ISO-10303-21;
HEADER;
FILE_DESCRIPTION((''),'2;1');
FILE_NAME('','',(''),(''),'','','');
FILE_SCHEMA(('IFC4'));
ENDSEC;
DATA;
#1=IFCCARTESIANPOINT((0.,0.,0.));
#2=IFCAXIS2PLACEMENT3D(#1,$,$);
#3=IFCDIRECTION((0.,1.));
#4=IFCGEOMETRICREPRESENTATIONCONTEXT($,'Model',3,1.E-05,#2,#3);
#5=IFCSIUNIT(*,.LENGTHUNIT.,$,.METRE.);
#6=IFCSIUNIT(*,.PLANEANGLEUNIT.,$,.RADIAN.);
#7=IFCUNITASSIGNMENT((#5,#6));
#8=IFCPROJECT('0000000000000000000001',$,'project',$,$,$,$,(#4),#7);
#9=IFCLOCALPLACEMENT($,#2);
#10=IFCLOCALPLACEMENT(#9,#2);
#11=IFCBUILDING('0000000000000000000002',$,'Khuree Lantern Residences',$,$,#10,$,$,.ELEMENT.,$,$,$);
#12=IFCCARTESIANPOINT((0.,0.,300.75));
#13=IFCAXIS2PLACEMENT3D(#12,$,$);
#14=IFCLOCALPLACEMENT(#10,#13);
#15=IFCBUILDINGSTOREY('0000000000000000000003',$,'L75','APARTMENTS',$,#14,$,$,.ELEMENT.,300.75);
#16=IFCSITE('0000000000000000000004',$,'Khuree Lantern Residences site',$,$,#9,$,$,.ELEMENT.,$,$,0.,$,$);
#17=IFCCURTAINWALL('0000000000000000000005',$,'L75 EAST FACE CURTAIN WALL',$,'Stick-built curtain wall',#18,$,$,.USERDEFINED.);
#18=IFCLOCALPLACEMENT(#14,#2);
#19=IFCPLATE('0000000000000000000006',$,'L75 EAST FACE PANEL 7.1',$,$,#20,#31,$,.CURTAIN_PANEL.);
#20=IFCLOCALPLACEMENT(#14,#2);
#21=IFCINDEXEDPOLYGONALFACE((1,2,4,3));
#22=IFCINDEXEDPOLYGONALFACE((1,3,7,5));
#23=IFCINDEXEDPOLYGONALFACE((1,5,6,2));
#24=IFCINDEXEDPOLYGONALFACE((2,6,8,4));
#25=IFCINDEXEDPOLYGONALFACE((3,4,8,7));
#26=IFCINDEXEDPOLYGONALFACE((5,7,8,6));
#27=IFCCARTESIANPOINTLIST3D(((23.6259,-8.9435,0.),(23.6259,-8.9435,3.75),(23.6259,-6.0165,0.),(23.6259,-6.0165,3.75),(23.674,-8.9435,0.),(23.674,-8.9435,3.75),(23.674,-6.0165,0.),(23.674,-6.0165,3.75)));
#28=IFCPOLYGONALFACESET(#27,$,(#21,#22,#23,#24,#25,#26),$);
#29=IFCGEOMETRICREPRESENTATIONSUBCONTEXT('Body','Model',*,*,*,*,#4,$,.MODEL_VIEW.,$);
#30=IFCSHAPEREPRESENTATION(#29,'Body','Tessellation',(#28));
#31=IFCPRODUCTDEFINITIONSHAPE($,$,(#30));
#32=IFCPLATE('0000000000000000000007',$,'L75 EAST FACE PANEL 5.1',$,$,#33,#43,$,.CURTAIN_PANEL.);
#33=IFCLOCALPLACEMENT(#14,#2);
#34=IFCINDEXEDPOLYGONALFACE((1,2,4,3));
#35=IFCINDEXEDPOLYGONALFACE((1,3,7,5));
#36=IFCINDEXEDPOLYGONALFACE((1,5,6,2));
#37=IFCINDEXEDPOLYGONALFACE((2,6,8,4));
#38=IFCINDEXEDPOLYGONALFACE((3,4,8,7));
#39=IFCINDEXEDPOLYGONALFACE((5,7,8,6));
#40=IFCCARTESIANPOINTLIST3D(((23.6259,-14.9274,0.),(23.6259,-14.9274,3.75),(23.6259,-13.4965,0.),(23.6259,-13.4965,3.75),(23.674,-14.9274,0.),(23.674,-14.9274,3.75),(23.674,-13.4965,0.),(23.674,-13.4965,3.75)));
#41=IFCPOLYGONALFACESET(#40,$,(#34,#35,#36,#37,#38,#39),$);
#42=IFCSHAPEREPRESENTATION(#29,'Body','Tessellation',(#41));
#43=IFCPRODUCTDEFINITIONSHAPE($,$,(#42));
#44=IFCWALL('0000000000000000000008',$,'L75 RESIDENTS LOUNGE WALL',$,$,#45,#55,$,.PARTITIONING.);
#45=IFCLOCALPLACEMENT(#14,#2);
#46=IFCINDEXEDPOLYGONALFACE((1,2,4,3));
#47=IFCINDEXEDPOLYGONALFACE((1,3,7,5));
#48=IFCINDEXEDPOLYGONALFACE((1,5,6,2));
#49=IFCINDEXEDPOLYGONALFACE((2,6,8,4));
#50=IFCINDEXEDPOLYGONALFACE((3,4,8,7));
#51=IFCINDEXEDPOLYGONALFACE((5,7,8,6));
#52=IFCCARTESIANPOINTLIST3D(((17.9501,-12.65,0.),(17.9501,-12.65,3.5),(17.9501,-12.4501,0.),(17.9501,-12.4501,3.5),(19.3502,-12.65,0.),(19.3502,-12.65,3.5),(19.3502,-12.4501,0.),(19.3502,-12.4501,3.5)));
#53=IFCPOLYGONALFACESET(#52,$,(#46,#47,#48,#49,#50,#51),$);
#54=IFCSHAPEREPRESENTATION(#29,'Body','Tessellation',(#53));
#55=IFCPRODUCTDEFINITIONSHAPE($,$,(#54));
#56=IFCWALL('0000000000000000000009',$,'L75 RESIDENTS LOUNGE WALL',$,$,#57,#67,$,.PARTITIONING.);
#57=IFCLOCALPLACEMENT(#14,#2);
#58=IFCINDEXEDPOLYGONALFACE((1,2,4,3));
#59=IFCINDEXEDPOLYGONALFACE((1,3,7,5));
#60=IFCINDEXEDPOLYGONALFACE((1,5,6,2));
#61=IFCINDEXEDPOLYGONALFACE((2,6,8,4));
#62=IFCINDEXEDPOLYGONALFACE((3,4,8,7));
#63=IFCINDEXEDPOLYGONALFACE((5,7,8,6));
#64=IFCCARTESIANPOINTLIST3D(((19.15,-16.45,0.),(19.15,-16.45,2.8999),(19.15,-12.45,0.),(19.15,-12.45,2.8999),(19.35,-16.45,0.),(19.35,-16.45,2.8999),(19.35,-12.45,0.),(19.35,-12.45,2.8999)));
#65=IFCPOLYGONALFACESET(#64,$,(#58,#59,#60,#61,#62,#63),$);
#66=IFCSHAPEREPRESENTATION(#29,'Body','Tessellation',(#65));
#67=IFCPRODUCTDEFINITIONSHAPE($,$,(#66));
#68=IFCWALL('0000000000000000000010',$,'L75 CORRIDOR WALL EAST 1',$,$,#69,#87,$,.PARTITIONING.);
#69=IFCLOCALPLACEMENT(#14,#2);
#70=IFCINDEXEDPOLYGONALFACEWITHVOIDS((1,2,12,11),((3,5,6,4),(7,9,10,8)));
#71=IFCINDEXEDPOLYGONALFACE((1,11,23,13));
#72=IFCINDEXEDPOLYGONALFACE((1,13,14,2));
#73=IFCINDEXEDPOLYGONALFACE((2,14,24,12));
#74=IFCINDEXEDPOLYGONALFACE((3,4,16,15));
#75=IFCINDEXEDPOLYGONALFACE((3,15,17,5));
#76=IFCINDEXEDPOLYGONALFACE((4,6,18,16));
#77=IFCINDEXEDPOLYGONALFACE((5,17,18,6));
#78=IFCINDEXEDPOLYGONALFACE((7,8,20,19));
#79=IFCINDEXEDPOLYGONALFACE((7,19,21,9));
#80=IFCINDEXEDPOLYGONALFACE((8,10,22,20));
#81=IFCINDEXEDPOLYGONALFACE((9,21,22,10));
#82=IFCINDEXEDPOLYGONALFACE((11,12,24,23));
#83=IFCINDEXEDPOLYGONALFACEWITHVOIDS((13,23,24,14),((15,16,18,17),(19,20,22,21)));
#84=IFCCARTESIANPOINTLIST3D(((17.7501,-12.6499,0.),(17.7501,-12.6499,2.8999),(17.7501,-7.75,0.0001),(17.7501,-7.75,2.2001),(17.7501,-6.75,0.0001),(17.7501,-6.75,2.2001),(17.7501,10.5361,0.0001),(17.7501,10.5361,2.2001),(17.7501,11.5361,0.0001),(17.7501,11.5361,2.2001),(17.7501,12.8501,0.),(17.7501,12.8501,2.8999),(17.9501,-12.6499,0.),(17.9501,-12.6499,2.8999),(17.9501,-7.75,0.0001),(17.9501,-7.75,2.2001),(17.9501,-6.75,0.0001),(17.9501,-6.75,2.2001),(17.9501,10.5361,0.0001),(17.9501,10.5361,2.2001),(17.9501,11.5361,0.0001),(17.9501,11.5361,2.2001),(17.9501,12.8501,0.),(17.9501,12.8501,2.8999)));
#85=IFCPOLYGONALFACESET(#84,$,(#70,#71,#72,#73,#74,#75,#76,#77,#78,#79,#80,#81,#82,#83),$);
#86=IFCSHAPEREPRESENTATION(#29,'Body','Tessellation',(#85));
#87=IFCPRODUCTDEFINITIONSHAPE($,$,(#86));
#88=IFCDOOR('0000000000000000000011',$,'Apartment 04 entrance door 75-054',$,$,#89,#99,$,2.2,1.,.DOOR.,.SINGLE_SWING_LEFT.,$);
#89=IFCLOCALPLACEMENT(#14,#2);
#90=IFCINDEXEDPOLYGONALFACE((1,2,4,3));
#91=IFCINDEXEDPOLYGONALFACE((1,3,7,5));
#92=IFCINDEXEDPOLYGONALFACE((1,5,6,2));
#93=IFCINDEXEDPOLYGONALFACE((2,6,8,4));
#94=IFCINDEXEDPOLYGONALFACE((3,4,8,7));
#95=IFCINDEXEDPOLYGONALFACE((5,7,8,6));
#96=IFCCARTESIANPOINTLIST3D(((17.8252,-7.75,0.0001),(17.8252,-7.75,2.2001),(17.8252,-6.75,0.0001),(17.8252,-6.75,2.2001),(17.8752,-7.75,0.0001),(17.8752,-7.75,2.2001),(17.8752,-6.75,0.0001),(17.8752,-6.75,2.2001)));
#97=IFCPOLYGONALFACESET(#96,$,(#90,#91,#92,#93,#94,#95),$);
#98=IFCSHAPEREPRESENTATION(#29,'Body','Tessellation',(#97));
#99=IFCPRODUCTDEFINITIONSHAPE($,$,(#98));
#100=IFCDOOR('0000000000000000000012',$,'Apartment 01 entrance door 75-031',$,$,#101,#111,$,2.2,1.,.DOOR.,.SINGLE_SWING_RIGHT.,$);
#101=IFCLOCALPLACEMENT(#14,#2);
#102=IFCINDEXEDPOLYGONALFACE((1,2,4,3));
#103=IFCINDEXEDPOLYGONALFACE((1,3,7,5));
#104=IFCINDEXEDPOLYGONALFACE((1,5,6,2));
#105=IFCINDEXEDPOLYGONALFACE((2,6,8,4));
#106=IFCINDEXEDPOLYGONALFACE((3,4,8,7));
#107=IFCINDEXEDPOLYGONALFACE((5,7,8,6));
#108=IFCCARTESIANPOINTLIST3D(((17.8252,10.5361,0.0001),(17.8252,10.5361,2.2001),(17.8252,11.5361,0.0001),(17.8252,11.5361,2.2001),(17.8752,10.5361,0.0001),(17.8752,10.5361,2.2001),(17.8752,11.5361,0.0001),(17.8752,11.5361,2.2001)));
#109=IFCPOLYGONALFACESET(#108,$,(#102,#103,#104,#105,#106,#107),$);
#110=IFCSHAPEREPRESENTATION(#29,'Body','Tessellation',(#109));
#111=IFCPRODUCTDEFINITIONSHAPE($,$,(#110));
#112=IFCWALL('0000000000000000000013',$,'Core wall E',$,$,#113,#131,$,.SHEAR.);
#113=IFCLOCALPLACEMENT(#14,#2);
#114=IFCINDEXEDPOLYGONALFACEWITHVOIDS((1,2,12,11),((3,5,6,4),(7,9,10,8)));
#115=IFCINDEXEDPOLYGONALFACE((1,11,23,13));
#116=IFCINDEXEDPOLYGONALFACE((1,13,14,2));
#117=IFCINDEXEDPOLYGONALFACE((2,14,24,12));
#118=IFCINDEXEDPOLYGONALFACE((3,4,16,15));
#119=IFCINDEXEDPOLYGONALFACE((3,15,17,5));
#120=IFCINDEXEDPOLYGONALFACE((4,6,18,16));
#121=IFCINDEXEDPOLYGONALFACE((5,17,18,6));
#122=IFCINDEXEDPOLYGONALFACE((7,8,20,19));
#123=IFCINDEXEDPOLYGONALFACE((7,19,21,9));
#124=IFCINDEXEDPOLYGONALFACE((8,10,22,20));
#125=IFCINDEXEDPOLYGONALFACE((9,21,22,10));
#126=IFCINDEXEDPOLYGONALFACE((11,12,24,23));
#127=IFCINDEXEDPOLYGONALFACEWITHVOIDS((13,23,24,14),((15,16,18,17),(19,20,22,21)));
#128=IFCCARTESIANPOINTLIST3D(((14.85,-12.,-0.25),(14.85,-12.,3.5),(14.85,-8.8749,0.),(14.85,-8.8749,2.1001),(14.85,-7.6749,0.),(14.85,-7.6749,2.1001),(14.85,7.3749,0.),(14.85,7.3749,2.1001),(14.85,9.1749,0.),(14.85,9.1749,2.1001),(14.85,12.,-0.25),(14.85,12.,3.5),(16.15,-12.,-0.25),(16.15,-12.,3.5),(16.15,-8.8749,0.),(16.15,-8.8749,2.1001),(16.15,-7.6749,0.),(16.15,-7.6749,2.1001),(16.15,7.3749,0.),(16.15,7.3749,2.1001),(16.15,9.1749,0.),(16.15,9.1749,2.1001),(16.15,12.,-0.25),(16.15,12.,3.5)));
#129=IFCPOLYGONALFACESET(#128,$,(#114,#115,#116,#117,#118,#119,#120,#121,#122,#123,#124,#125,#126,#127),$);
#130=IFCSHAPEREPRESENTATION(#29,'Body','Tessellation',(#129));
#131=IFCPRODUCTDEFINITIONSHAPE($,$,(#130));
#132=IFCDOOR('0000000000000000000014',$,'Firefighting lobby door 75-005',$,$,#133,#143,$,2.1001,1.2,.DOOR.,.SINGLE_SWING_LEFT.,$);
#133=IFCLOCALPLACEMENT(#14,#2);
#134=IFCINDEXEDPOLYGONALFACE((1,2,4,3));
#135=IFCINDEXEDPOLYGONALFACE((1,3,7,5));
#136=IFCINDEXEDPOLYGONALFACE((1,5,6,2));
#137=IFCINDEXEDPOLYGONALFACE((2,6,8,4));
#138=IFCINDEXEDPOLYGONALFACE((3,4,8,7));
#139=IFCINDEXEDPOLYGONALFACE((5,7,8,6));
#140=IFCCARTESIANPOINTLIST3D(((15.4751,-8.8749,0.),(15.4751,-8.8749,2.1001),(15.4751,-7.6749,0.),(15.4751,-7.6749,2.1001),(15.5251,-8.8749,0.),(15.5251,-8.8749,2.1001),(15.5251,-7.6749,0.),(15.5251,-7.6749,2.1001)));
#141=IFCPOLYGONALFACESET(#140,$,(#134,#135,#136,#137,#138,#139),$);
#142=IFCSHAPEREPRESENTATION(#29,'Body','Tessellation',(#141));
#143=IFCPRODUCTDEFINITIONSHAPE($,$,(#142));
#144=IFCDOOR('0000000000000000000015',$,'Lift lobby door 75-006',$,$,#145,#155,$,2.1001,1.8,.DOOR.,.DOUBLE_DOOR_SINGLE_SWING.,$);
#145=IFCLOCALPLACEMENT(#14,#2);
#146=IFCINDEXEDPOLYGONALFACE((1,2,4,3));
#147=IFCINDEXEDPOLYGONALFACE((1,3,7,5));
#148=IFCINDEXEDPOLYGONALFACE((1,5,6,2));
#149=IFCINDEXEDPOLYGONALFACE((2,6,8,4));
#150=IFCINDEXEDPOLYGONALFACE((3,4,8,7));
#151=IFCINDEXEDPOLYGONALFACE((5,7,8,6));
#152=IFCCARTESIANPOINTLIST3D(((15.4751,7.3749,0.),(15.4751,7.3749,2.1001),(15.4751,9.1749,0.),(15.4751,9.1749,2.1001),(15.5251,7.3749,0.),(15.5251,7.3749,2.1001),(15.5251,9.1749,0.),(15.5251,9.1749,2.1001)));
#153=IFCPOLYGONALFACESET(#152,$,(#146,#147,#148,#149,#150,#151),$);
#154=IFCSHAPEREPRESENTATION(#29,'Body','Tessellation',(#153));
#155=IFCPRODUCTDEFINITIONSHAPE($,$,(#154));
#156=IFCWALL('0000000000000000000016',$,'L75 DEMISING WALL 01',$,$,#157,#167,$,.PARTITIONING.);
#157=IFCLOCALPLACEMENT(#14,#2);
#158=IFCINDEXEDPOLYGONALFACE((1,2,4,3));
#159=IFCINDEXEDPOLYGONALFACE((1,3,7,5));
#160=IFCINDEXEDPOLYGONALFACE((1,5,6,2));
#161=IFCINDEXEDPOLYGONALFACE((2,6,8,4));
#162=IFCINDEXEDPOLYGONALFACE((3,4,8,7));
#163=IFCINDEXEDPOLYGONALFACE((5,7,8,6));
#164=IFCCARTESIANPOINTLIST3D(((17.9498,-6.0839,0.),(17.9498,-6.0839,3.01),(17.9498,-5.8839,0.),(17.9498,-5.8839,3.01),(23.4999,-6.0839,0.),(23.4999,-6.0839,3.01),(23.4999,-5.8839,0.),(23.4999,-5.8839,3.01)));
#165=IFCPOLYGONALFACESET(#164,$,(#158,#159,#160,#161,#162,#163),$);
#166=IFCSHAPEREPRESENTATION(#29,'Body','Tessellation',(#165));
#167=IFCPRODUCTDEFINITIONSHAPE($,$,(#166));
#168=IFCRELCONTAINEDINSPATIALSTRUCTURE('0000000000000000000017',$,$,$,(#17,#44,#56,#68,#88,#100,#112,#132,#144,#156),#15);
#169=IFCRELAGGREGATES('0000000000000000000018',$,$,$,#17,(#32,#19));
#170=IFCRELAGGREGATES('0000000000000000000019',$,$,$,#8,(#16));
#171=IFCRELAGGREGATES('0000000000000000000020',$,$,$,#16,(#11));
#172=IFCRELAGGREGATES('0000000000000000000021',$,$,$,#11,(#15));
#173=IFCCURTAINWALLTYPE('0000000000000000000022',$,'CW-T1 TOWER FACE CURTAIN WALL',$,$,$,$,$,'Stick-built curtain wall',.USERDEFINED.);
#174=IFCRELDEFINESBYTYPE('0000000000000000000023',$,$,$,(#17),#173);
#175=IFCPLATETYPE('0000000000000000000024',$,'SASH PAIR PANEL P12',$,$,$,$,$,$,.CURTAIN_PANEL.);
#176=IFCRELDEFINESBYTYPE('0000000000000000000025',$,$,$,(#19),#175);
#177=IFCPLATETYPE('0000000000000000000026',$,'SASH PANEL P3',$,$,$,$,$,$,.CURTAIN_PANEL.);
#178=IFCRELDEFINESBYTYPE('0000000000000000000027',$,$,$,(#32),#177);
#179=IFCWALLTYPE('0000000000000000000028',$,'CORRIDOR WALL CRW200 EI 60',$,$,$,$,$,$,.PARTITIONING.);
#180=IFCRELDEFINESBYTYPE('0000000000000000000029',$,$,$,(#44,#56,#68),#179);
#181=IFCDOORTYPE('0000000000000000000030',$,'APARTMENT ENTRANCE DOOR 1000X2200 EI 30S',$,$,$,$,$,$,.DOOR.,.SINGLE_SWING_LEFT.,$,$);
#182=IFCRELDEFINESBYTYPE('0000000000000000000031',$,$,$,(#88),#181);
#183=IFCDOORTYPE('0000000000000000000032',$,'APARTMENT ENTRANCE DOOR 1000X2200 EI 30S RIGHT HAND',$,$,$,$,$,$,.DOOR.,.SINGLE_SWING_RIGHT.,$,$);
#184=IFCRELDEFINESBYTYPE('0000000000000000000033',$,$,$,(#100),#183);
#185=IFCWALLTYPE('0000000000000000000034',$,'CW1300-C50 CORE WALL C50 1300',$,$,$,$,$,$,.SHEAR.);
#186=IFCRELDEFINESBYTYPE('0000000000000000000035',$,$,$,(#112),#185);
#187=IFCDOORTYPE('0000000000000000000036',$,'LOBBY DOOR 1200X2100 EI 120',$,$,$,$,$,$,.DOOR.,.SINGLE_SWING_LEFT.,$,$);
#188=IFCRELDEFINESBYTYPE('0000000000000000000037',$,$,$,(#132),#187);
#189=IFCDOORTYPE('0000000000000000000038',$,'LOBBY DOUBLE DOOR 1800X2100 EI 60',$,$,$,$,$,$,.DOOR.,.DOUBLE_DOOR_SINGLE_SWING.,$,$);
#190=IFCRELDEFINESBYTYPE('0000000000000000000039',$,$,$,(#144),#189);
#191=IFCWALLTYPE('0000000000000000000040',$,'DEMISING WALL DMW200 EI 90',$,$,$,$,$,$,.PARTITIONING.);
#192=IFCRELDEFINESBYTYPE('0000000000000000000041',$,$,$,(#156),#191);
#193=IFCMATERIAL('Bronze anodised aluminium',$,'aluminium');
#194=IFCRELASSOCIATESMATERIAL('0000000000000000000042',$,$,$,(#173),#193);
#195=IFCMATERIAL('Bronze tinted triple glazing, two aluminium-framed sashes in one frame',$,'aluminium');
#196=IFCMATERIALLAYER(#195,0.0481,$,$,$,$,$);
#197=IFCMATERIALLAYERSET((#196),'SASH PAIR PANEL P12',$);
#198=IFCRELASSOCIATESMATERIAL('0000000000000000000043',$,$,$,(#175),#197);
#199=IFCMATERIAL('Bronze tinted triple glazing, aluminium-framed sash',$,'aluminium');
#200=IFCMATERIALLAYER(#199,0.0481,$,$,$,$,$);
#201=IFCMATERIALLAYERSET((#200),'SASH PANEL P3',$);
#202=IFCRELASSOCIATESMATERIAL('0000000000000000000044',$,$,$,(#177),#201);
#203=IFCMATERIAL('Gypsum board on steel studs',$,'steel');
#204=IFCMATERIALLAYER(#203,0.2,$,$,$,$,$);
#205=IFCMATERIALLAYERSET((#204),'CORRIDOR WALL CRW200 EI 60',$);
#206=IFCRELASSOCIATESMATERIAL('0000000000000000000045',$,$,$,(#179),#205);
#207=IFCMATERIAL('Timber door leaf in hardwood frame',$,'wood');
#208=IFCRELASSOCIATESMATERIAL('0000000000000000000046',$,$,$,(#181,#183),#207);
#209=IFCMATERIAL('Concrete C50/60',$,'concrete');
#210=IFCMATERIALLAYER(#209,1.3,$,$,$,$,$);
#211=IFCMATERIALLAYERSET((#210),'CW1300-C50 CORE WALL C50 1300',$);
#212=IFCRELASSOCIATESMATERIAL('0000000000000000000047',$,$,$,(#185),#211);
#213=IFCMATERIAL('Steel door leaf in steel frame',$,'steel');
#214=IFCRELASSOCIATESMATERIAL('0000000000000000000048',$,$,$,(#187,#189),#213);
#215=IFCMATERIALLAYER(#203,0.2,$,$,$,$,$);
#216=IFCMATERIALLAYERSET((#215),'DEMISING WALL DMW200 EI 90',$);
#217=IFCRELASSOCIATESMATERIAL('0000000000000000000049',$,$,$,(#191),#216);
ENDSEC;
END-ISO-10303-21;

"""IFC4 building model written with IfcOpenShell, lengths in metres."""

from ifc_helpers import new_model, si_unit, direction, frame, frame_2d, origin, origin_2d, place, context, subcontext, project, spatial, rectangle, extrude, material, layer, layer_set, type_object, element, fill, aggregate, save


model = new_model("IFC4")

# Units and contexts
model_context = context("Model", 3, precision=1e-05, world=origin(), true_north=direction((0.0, 1.0)))
body_context = subcontext(model_context, "Body", "Model", "MODEL_VIEW")
ifc_project = project(units=[si_unit("LENGTHUNIT", "METRE"), si_unit("PLANEANGLEUNIT", "RADIAN")], contexts=[model_context])

# Site, building, storey
site_placement = place(None, origin())
site = spatial("IfcSite", under=ifc_project, at=site_placement, Name="Khuree Lantern Residences site", CompositionType="ELEMENT", RefElevation=0.0)
building_placement = place(site_placement, origin())
building = spatial("IfcBuilding", under=site, at=building_placement, Name="Khuree Lantern Residences", CompositionType="ELEMENT")
storey_placement = place(building_placement, frame((0.0, 0.0, 300.75)))
storey = spatial("IfcBuildingStorey", under=building, at=storey_placement, Name="L75", Description="APARTMENTS", CompositionType="ELEMENT", Elevation=300.75)

# Shared definitions
ifc_material_1 = material(Name="Concrete C50/60", Category="concrete")

# Curtain wall
ifc_material_2 = material(Name="Bronze anodised aluminium", Category="aluminium")
curtain_wall_type = type_object("IfcCurtainWallType", Name="CW-T1 TOWER FACE CURTAIN WALL", ElementType="Stick-built curtain wall", PredefinedType="USERDEFINED", material=ifc_material_2)
curtain_wall_placement = place(storey_placement, origin())
curtain_wall = element("IfcCurtainWall", 1, at=curtain_wall_placement, inside=storey, type_object=curtain_wall_type, Name="L75 EAST FACE CURTAIN WALL", ObjectType="Stick-built curtain wall", PredefinedType="USERDEFINED")

# Plates
ifc_material_3 = material(Name="Bronze tinted triple glazing, two aluminium-framed sashes in one frame", Category="aluminium")
ifc_layer_1 = layer(ifc_material_3, 0.0481)
ifc_layer_set_1 = layer_set([ifc_layer_1], Name="SASH PAIR PANEL P12")
plate_type_1 = type_object("IfcPlateType", Name="SASH PAIR PANEL P12", PredefinedType="CURTAIN_PANEL", material=ifc_layer_set_1)
plate_1_placement = place(storey_placement, frame((23.6499, -7.48, 0.0), z_axis=(0.0, 0.0, 1.0), x_axis=(0.0, 1.0, 0.0)))
plate_1 = element("IfcPlate", 2, at=plate_1_placement, type_object=plate_type_1, Name="L75 EAST FACE PANEL 7.1", PredefinedType="CURTAIN_PANEL", context=body_context, shape_type="SweptSolid", body=[
    extrude(rectangle(XDim=2.927, YDim=0.0481, at=origin_2d()), origin(), (0.0, 0.0, 1.0), 3.75),
])
ifc_material_4 = material(Name="Bronze tinted triple glazing, aluminium-framed sash", Category="aluminium")
ifc_layer_2 = layer(ifc_material_4, 0.0481)
ifc_layer_set_2 = layer_set([ifc_layer_2], Name="SASH PANEL P3")
plate_type_2 = type_object("IfcPlateType", Name="SASH PANEL P3", PredefinedType="CURTAIN_PANEL", material=ifc_layer_set_2)
plate_2_placement = place(storey_placement, frame((23.6499, -14.2119, 0.0), z_axis=(0.0, 0.0, 1.0), x_axis=(0.0, 1.0, 0.0)))
plate_2 = element("IfcPlate", 3, at=plate_2_placement, type_object=plate_type_2, Name="L75 EAST FACE PANEL 5.1", PredefinedType="CURTAIN_PANEL", context=body_context, shape_type="SweptSolid", body=[
    extrude(rectangle(XDim=1.4309, YDim=0.0481, at=origin_2d()), origin(), (0.0, 0.0, 1.0), 3.75),
])
aggregate(curtain_wall, [plate_2, plate_1])

# Walls
ifc_material_5 = material(Name="Gypsum board on steel studs", Category="steel")
ifc_layer_3 = layer(ifc_material_5, 0.2)
ifc_layer_set_3 = layer_set([ifc_layer_3], Name="CORRIDOR WALL CRW200 EI 60")
wall_type_1 = type_object("IfcWallType", Name="CORRIDOR WALL CRW200 EI 60", PredefinedType="PARTITIONING", material=ifc_layer_set_3)
wall_1_placement = place(storey_placement, frame((17.95, -12.55, 0.0), z_axis=(0.0, 0.0, 1.0), x_axis=(1.0, 0.0, 0.0)))
element("IfcWall", 4, at=wall_1_placement, inside=storey, type_object=wall_type_1, Name="L75 RESIDENTS LOUNGE WALL", PredefinedType="PARTITIONING", context=body_context, shape_type="SweptSolid", body=[
    extrude(rectangle(XDim=1.4001, YDim=0.2, at=frame_2d((0.7002, 0.0))), origin(), (0.0, 0.0, 1.0), 3.5),
])
wall_2_placement = place(storey_placement, frame((19.25, -12.45, 0.0), z_axis=(0.0, 0.0, 1.0), x_axis=(0.0, -1.0, 0.0)))
element("IfcWall", 5, at=wall_2_placement, inside=storey, type_object=wall_type_1, Name="L75 RESIDENTS LOUNGE WALL", PredefinedType="PARTITIONING", context=body_context, shape_type="SweptSolid", body=[
    extrude(rectangle(XDim=4.0, YDim=0.2, at=frame_2d((2.0, 0.0))), origin(), (0.0, 0.0, 1.0), 2.8999),
])

# Walls, openings, doors
wall_3_placement = place(storey_placement, frame((17.8501, -12.6499, 0.0), z_axis=(0.0, 0.0, 1.0), x_axis=(0.0, 1.0, 0.0)))
wall_3 = element("IfcWall", 6, at=wall_3_placement, inside=storey, type_object=wall_type_1, Name="L75 CORRIDOR WALL EAST 1", PredefinedType="PARTITIONING", context=body_context, shape_type="SweptSolid", body=[
    extrude(rectangle(XDim=25.5, YDim=0.2, at=frame_2d((12.75, 0.0))), origin(), (0.0, 0.0, 1.0), 2.8999),
])
opening_1_placement = place(wall_3_placement, frame((23.186, 0.0, 0.0)))
opening_1 = element("IfcOpeningElement", 7, at=opening_1_placement, cuts=wall_3, PredefinedType="OPENING", context=body_context, shape_type="SweptSolid", body=[
    extrude(rectangle(XDim=1.0, YDim=2.2, at=frame_2d((0.5, 1.1001))), frame((0.0, 0.1099, 0.0), z_axis=(0.0, -1.0, 0.0), x_axis=(1.0, 0.0, 0.0)), (0.0, 0.0, 1.0), 0.22),
])
opening_2_placement = place(wall_3_placement, frame((4.8999, 0.0, 0.0)))
opening_2 = element("IfcOpeningElement", 8, at=opening_2_placement, cuts=wall_3, PredefinedType="OPENING", context=body_context, shape_type="SweptSolid", body=[
    extrude(rectangle(XDim=1.0, YDim=2.2, at=frame_2d((0.5, 1.1001))), frame((0.0, 0.1099, 0.0), z_axis=(0.0, -1.0, 0.0), x_axis=(1.0, 0.0, 0.0)), (0.0, 0.0, 1.0), 0.22),
])
ifc_material_6 = material(Name="Timber door leaf in hardwood frame", Category="wood")
door_type_1 = type_object("IfcDoorType", Name="APARTMENT ENTRANCE DOOR 1000X2200 EI 30S", OperationType="SINGLE_SWING_LEFT", PredefinedType="DOOR", material=ifc_material_6)
door_1_placement = place(opening_2_placement, origin())
door_1 = element("IfcDoor", 9, at=door_1_placement, inside=storey, type_object=door_type_1, Name="Apartment 04 entrance door 75-054", OperationType="SINGLE_SWING_LEFT", OverallHeight=2.2, OverallWidth=1.0, PredefinedType="DOOR", context=body_context, shape_type="SweptSolid", body=[
    extrude(rectangle(XDim=1.0, YDim=2.2, at=frame_2d((0.5, 1.1001))), frame((0.0, 0.0249, 0.0), z_axis=(0.0, -1.0, 0.0), x_axis=(1.0, 0.0, 0.0)), (0.0, 0.0, 1.0), 0.05),
])
fill(opening_2, door_1)
door_type_2 = type_object("IfcDoorType", Name="APARTMENT ENTRANCE DOOR 1000X2200 EI 30S RIGHT HAND", OperationType="SINGLE_SWING_RIGHT", PredefinedType="DOOR", material=ifc_material_6)
door_2_placement = place(opening_1_placement, origin())
door_2 = element("IfcDoor", 10, at=door_2_placement, inside=storey, type_object=door_type_2, Name="Apartment 01 entrance door 75-031", OperationType="SINGLE_SWING_RIGHT", OverallHeight=2.2, OverallWidth=1.0, PredefinedType="DOOR", context=body_context, shape_type="SweptSolid", body=[
    extrude(rectangle(XDim=1.0, YDim=2.2, at=frame_2d((0.5, 1.1001))), frame((0.0, 0.0249, 0.0), z_axis=(0.0, -1.0, 0.0), x_axis=(1.0, 0.0, 0.0)), (0.0, 0.0, 1.0), 0.05),
])
fill(opening_1, door_2)
ifc_layer_4 = layer(ifc_material_1, 1.3)
ifc_layer_set_4 = layer_set([ifc_layer_4], Name="CW1300-C50 CORE WALL C50 1300")
wall_type_2 = type_object("IfcWallType", Name="CW1300-C50 CORE WALL C50 1300", PredefinedType="SHEAR", material=ifc_layer_set_4)
wall_4_placement = place(storey_placement, frame((15.5, -12.0, -0.25), z_axis=(0.0, 0.0, 1.0), x_axis=(0.0, 1.0, 0.0)))
wall_4 = element("IfcWall", 11, at=wall_4_placement, inside=storey, type_object=wall_type_2, Name="Core wall E", PredefinedType="SHEAR", context=body_context, shape_type="SweptSolid", body=[
    extrude(rectangle(XDim=24.0, YDim=1.3, at=frame_2d((12.0, 0.0))), origin(), (0.0, 0.0, 1.0), 3.75),
])
opening_3_placement = place(wall_4_placement, frame((3.125, 0.0, 0.25)))
opening_3 = element("IfcOpeningElement", 12, at=opening_3_placement, cuts=wall_4, PredefinedType="OPENING", context=body_context, shape_type="SweptSolid", body=[
    extrude(rectangle(XDim=1.2, YDim=2.1001, at=frame_2d((0.6001, 1.05))), frame((0.0, 0.6602, 0.0), z_axis=(0.0, -1.0, 0.0), x_axis=(1.0, 0.0, 0.0)), (0.0, 0.0, 1.0), 1.3201),
])
opening_4_placement = place(wall_4_placement, frame((19.375, 0.0, 0.25)))
opening_4 = element("IfcOpeningElement", 13, at=opening_4_placement, cuts=wall_4, PredefinedType="OPENING", context=body_context, shape_type="SweptSolid", body=[
    extrude(rectangle(XDim=1.8, YDim=2.1001, at=frame_2d((0.8999, 1.05))), frame((0.0, 0.6602, 0.0), z_axis=(0.0, -1.0, 0.0), x_axis=(1.0, 0.0, 0.0)), (0.0, 0.0, 1.0), 1.3201),
])
ifc_material_7 = material(Name="Steel door leaf in steel frame", Category="steel")
door_type_3 = type_object("IfcDoorType", Name="LOBBY DOOR 1200X2100 EI 120", OperationType="SINGLE_SWING_LEFT", PredefinedType="DOOR", material=ifc_material_7)
door_3_placement = place(opening_3_placement, origin())
door_3 = element("IfcDoor", 14, at=door_3_placement, inside=storey, type_object=door_type_3, Name="Firefighting lobby door 75-005", OperationType="SINGLE_SWING_LEFT", OverallHeight=2.1001, OverallWidth=1.2, PredefinedType="DOOR", context=body_context, shape_type="SweptSolid", body=[
    extrude(rectangle(XDim=1.2, YDim=2.1001, at=frame_2d((0.6001, 1.05))), frame((0.0, 0.0249, 0.0), z_axis=(0.0, -1.0, 0.0), x_axis=(1.0, 0.0, 0.0)), (0.0, 0.0, 1.0), 0.05),
])
fill(opening_3, door_3)
door_type_4 = type_object("IfcDoorType", Name="LOBBY DOUBLE DOOR 1800X2100 EI 60", OperationType="DOUBLE_DOOR_SINGLE_SWING", PredefinedType="DOOR", material=ifc_material_7)
door_4_placement = place(opening_4_placement, origin())
door_4 = element("IfcDoor", 15, at=door_4_placement, inside=storey, type_object=door_type_4, Name="Lift lobby door 75-006", OperationType="DOUBLE_DOOR_SINGLE_SWING", OverallHeight=2.1001, OverallWidth=1.8, PredefinedType="DOOR", context=body_context, shape_type="SweptSolid", body=[
    extrude(rectangle(XDim=1.8, YDim=2.1001, at=frame_2d((0.8999, 1.05))), frame((0.0, 0.0249, 0.0), z_axis=(0.0, -1.0, 0.0), x_axis=(1.0, 0.0, 0.0)), (0.0, 0.0, 1.0), 0.05),
])
fill(opening_4, door_4)

# Wall
ifc_layer_5 = layer(ifc_material_5, 0.2)
ifc_layer_set_5 = layer_set([ifc_layer_5], Name="DEMISING WALL DMW200 EI 90")
wall_type_3 = type_object("IfcWallType", Name="DEMISING WALL DMW200 EI 90", PredefinedType="PARTITIONING", material=ifc_layer_set_5)
wall_5_placement = place(storey_placement, frame((17.95, -5.9839, 0.0), z_axis=(0.0, 0.0, 1.0), x_axis=(1.0, 0.0, 0.0)))
element("IfcWall", 16, at=wall_5_placement, inside=storey, type_object=wall_type_3, Name="L75 DEMISING WALL 01", PredefinedType="PARTITIONING", context=body_context, shape_type="SweptSolid", body=[
    extrude(rectangle(XDim=5.55, YDim=0.2, at=frame_2d((2.7749, 0.0))), origin(), (0.0, 0.0, 1.0), 3.01),
])

save(model, "model.ifc")
